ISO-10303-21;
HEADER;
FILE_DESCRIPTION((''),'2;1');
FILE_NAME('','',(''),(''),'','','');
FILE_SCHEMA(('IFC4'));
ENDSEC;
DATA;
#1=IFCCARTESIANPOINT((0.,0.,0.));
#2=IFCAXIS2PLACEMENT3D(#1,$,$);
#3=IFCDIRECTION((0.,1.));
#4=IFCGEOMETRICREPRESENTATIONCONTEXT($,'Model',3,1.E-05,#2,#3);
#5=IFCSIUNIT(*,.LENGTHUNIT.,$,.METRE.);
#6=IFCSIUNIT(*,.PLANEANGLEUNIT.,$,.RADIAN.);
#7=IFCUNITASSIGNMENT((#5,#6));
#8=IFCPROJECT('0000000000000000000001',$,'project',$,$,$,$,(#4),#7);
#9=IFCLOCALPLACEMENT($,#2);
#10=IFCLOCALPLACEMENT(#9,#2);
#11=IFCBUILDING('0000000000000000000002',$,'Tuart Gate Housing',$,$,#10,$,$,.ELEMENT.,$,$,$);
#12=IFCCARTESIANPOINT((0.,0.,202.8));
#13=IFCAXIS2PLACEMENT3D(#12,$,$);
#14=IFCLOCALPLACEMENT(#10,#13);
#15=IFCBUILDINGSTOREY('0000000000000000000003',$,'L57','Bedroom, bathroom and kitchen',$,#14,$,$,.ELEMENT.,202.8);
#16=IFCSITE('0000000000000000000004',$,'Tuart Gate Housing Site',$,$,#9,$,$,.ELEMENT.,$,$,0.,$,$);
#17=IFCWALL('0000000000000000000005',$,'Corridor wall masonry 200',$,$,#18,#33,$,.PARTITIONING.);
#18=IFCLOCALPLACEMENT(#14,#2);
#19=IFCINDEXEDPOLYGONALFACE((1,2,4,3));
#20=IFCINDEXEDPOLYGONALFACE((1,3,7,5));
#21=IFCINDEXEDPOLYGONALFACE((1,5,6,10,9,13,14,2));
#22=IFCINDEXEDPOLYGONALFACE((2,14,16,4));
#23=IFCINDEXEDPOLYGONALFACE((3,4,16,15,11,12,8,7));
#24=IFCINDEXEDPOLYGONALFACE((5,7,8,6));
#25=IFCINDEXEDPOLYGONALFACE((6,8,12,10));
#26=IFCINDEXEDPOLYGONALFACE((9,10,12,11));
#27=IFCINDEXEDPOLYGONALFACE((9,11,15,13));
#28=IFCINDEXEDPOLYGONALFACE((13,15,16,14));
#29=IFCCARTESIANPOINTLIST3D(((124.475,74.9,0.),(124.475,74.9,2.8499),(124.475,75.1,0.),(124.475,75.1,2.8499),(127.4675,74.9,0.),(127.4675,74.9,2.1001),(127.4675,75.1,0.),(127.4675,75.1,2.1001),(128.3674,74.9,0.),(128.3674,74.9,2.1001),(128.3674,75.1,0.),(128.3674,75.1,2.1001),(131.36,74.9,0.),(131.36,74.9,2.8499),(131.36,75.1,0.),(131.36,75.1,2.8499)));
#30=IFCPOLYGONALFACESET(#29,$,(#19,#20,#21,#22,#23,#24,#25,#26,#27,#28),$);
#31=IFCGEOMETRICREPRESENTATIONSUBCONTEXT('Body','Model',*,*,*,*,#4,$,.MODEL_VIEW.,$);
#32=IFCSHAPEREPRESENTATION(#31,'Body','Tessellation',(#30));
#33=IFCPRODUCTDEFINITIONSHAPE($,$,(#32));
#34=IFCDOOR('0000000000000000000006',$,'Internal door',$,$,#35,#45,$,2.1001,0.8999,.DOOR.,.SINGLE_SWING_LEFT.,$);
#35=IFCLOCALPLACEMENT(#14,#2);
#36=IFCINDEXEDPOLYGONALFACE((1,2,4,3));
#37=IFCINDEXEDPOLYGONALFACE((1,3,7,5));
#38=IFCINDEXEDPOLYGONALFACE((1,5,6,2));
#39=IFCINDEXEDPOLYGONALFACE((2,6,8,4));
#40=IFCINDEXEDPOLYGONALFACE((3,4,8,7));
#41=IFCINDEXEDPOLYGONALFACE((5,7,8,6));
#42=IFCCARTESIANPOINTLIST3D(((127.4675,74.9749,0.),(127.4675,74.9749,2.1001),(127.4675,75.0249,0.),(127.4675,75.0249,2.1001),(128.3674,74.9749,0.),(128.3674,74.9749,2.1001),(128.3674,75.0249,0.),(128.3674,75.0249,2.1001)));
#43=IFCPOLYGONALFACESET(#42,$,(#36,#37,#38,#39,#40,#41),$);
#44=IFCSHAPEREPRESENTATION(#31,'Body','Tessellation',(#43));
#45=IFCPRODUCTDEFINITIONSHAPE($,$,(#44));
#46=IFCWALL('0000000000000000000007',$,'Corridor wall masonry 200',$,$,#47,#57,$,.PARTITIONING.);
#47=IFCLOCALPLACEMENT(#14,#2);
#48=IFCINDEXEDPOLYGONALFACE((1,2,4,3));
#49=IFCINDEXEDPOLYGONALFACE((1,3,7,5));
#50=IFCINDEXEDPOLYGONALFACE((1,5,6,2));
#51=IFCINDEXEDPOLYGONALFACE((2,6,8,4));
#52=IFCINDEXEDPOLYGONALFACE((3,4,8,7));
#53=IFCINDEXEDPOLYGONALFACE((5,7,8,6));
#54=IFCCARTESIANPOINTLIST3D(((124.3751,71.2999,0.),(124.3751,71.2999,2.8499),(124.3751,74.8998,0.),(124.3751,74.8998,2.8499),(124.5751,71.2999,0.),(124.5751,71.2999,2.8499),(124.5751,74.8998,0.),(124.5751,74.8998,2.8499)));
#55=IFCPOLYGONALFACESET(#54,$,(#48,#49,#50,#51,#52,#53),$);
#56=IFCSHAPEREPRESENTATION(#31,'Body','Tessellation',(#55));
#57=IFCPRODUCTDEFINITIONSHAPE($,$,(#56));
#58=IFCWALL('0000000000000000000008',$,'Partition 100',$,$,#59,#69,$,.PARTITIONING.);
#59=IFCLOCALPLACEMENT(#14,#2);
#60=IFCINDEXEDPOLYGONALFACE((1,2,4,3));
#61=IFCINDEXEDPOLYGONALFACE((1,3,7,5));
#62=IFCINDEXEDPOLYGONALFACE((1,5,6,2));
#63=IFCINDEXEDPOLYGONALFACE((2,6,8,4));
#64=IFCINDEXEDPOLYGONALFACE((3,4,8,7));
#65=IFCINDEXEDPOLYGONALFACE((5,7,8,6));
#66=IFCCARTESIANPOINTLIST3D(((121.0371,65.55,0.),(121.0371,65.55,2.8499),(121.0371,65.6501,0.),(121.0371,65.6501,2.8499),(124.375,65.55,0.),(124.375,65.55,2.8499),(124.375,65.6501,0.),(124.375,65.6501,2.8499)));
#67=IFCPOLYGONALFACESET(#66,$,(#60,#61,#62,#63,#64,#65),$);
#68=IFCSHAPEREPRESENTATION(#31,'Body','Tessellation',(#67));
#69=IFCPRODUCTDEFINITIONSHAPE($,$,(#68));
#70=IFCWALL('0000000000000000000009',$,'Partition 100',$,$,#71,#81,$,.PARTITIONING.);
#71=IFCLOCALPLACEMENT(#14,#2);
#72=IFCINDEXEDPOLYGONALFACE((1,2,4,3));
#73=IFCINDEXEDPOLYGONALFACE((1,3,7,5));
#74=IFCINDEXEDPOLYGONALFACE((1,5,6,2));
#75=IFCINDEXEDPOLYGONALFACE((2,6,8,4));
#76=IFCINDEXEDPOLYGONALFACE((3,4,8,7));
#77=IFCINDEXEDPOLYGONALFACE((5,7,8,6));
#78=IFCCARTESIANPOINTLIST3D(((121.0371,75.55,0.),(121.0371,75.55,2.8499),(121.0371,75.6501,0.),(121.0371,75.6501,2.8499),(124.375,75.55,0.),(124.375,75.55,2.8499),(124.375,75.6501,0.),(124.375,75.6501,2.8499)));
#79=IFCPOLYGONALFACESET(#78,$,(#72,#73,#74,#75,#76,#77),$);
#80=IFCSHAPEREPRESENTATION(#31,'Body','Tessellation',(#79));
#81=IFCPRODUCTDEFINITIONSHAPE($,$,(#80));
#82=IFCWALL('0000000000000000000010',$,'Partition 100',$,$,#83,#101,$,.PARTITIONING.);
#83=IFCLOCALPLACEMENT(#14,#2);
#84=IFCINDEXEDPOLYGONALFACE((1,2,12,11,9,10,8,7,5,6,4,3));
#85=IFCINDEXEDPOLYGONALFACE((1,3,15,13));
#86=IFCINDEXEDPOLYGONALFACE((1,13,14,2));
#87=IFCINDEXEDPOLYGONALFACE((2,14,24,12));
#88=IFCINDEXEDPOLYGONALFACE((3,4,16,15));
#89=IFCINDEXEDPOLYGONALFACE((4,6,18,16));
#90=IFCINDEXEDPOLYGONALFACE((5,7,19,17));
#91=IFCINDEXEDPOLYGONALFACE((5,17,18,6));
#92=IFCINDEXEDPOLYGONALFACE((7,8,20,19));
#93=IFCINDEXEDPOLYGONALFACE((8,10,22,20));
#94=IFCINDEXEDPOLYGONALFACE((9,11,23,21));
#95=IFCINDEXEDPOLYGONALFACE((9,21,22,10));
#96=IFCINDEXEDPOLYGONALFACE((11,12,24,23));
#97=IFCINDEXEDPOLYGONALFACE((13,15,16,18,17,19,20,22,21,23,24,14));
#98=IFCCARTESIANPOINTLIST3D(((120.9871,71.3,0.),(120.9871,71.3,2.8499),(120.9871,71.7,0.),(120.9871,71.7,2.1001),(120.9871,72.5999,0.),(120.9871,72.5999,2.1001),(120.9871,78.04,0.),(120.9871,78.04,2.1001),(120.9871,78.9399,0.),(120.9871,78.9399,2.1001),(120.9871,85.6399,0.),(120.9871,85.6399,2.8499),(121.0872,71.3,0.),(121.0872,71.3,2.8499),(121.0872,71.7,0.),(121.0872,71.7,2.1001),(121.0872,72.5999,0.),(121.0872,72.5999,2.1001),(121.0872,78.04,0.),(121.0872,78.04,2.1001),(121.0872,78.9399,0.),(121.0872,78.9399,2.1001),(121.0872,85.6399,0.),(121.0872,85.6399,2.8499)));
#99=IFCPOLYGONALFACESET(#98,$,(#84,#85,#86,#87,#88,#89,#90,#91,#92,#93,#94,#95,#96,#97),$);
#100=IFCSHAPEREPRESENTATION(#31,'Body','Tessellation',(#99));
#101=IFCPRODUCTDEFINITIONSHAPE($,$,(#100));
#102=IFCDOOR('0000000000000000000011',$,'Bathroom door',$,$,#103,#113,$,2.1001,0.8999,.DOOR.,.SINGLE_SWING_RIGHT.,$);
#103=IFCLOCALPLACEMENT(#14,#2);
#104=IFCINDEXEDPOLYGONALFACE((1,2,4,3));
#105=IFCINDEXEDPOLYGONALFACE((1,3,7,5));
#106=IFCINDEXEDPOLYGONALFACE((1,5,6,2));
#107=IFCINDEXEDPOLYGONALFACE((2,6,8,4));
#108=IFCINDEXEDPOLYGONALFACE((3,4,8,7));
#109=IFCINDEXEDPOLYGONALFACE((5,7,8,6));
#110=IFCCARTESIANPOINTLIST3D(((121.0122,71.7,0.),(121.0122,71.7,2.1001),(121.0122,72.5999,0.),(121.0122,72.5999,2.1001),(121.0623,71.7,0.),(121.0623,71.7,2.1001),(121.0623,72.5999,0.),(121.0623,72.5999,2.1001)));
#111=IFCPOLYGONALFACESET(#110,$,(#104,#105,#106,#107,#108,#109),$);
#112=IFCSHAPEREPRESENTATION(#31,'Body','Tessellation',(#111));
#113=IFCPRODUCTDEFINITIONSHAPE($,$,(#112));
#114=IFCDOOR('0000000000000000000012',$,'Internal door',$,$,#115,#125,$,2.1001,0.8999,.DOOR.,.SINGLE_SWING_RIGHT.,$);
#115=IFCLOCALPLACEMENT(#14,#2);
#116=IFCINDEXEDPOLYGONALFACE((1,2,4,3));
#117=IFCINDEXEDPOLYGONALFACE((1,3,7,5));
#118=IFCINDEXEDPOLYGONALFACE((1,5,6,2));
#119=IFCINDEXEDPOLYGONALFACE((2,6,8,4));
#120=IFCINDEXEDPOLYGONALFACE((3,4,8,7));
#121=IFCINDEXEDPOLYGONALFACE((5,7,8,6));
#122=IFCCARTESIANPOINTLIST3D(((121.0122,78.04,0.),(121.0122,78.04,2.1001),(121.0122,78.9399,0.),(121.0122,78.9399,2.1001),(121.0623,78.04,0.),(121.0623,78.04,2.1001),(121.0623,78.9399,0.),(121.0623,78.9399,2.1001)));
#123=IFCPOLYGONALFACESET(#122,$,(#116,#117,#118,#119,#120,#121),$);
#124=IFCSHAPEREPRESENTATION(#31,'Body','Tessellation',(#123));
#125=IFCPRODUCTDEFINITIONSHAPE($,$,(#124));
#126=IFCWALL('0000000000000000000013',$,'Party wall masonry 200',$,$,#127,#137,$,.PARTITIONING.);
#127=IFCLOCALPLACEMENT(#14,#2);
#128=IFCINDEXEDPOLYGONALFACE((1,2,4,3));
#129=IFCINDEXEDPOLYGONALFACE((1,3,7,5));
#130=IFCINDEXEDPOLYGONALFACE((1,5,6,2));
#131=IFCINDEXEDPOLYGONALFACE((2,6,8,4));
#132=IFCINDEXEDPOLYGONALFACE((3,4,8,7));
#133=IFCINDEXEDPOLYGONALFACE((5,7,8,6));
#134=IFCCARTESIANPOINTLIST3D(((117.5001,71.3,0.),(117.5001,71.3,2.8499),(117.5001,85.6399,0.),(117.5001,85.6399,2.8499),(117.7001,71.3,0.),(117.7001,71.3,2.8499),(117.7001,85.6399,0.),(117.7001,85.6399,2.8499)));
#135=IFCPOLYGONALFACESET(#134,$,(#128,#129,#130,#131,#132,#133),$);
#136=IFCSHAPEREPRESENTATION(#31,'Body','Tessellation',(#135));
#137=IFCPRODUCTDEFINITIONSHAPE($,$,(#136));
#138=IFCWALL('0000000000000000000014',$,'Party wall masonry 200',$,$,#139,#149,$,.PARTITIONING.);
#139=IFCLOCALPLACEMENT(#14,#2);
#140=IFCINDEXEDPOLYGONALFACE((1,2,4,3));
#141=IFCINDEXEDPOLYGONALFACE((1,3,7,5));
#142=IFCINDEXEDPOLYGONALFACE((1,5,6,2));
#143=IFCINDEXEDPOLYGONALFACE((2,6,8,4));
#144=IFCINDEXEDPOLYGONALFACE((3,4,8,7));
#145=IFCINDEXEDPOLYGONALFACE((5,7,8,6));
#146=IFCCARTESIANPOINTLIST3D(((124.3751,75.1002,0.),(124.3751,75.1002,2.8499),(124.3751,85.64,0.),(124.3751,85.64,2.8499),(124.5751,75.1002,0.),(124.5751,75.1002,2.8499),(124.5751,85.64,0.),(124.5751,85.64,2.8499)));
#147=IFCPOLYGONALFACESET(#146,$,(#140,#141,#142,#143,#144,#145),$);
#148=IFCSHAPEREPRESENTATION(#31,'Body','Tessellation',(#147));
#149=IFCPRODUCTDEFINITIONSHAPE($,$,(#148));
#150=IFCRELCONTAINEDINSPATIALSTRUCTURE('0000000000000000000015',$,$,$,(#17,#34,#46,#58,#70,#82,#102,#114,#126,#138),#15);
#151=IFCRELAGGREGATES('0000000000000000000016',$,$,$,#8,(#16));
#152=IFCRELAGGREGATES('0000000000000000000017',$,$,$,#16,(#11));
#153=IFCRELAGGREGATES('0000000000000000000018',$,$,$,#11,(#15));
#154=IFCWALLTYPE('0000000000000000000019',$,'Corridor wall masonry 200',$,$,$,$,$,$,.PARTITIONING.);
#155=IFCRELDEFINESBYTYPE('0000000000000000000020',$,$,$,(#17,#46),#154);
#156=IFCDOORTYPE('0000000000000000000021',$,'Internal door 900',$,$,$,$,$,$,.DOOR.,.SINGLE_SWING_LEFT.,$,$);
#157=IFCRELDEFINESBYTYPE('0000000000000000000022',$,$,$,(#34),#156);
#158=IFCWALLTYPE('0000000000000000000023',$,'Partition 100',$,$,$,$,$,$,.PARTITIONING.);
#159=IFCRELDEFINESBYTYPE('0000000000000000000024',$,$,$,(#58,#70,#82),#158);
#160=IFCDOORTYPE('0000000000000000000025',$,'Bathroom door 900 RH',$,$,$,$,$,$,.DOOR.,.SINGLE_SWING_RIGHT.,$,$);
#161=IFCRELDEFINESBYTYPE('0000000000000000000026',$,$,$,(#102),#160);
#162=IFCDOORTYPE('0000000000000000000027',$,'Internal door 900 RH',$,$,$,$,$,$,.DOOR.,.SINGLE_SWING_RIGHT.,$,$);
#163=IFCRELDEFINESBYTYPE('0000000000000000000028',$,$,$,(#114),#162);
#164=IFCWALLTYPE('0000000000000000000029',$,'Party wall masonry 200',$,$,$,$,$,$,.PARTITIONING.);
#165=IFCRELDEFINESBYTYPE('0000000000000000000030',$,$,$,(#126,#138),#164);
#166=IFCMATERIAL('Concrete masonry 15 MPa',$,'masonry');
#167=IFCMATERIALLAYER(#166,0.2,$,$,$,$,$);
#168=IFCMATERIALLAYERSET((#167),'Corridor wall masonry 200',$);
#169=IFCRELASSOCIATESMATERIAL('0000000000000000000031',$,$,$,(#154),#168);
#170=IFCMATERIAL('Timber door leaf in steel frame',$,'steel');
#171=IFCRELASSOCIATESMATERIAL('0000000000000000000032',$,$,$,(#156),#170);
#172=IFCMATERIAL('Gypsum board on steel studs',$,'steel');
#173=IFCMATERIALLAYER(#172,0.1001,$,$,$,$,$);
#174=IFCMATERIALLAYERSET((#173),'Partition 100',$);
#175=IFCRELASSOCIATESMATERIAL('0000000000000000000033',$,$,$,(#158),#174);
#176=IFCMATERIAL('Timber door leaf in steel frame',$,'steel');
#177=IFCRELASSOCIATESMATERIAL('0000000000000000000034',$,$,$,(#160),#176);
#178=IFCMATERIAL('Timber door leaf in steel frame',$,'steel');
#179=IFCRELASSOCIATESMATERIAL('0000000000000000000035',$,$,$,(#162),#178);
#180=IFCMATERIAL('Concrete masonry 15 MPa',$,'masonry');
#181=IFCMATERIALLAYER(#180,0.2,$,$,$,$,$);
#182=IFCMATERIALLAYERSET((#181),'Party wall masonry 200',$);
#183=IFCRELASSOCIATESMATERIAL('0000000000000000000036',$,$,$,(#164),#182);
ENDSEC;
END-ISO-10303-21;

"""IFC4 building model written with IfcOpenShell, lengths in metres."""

from ifc_helpers import new_model, si_unit, direction, frame, frame_2d, origin, place, context, subcontext, project, spatial, rectangle, extrude, material, layer, layer_set, type_object, element, fill, save


model = new_model("IFC4")

# Units and contexts
model_context = context("Model", 3, precision=1e-05, world=origin(), true_north=direction((0.0, 1.0)))
body_context = subcontext(model_context, "Body", "Model", "MODEL_VIEW")
ifc_project = project(units=[si_unit("LENGTHUNIT", "METRE"), si_unit("PLANEANGLEUNIT", "RADIAN")], contexts=[model_context])

# Site, building, storey
site_placement = place(None, origin())
site = spatial("IfcSite", under=ifc_project, at=site_placement, Name="Tuart Gate Housing Site", CompositionType="ELEMENT", RefElevation=0.0)
building_placement = place(site_placement, origin())
building = spatial("IfcBuilding", under=site, at=building_placement, Name="Tuart Gate Housing", CompositionType="ELEMENT")
storey_placement = place(building_placement, frame((0.0, 0.0, 202.8)))
storey = spatial("IfcBuildingStorey", under=building, at=storey_placement, Name="L57", Description="Bedroom, bathroom and kitchen", CompositionType="ELEMENT", Elevation=202.8)

# Wall, opening, door
ifc_material_1 = material(Name="Concrete masonry 15 MPa", Category="masonry")
ifc_layer_1 = layer(ifc_material_1, 0.2)
ifc_layer_set_1 = layer_set([ifc_layer_1], Name="Corridor wall masonry 200")
wall_type_1 = type_object("IfcWallType", Name="Corridor wall masonry 200", PredefinedType="PARTITIONING", material=ifc_layer_set_1)
wall_1_placement = place(storey_placement, frame((124.4751, 75.0, 0.0), z_axis=(0.0, 0.0, 1.0), x_axis=(1.0, 0.0, 0.0)))
wall_1 = element("IfcWall", 1, at=wall_1_placement, inside=storey, type_object=wall_type_1, Name="Corridor wall masonry 200", PredefinedType="PARTITIONING", context=body_context, shape_type="SweptSolid", body=[
    extrude(rectangle(XDim=6.885, YDim=0.2, at=frame_2d((3.4424, 0.0))), origin(), (0.0, 0.0, 1.0), 2.8499),
])
opening_1_placement = place(wall_1_placement, frame((2.9924, 0.0, 0.0)))
opening_1 = element("IfcOpeningElement", 2, at=opening_1_placement, cuts=wall_1, PredefinedType="OPENING", context=body_context, shape_type="SweptSolid", body=[
    extrude(rectangle(XDim=0.8999, YDim=2.1001, at=frame_2d((0.45, 1.05))), frame((0.0, 0.1099, 0.0), z_axis=(0.0, -1.0, 0.0), x_axis=(1.0, 0.0, 0.0)), (0.0, 0.0, 1.0), 0.22),
])
ifc_material_2 = material(Name="Timber door leaf in steel frame", Category="steel")
door_type_1 = type_object("IfcDoorType", Name="Internal door 900", OperationType="SINGLE_SWING_LEFT", PredefinedType="DOOR", material=ifc_material_2)
door_1_placement = place(opening_1_placement, origin())
door_1 = element("IfcDoor", 3, at=door_1_placement, inside=storey, type_object=door_type_1, Name="Internal door", OperationType="SINGLE_SWING_LEFT", OverallHeight=2.1001, OverallWidth=0.8999, PredefinedType="DOOR", context=body_context, shape_type="SweptSolid", body=[
    extrude(rectangle(XDim=0.8999, YDim=2.1001, at=frame_2d((0.45, 1.05))), frame((0.0, 0.0249, 0.0), z_axis=(0.0, -1.0, 0.0), x_axis=(1.0, 0.0, 0.0)), (0.0, 0.0, 1.0), 0.05),
])
fill(opening_1, door_1)

# Walls
wall_2_placement = place(storey_placement, frame((124.4751, 71.3, 0.0), z_axis=(0.0, 0.0, 1.0), x_axis=(0.0, 1.0, 0.0)))
element("IfcWall", 4, at=wall_2_placement, inside=storey, type_object=wall_type_1, Name="Corridor wall masonry 200", PredefinedType="PARTITIONING", context=body_context, shape_type="SweptSolid", body=[
    extrude(rectangle(XDim=3.5999, YDim=0.2, at=frame_2d((1.7998, 0.0))), origin(), (0.0, 0.0, 1.0), 2.8499),
])
ifc_material_3 = material(Name="Gypsum board on steel studs", Category="steel")
ifc_layer_2 = layer(ifc_material_3, 0.1001)
ifc_layer_set_2 = layer_set([ifc_layer_2], Name="Partition 100")
wall_type_2 = type_object("IfcWallType", Name="Partition 100", PredefinedType="PARTITIONING", material=ifc_layer_set_2)
for number, where, z_axis, x_axis, name in (
    (5, (121.0371, 65.6001, 0.0), (0.0, 0.0, 1.0), (1.0, 0.0, 0.0), "Partition 100"),
    (6, (121.0371, 75.6001, 0.0), (0.0, 0.0, 1.0), (1.0, 0.0, 0.0), "Partition 100"),
):
    element("IfcWall", number, at=place(storey_placement, frame(where, z_axis=z_axis, x_axis=x_axis)), inside=storey, type_object=wall_type_2, Name=name, PredefinedType="PARTITIONING", context=body_context, shape_type="SweptSolid", body=[
        extrude(rectangle(XDim=3.3379, YDim=0.1001, at=frame_2d((1.6689, 0.0))), origin(), (0.0, 0.0, 1.0), 2.8499),
    ])

# Wall, openings, doors
wall_3_placement = place(storey_placement, frame((121.0371, 71.3, 0.0), z_axis=(0.0, 0.0, 1.0), x_axis=(0.0, 1.0, 0.0)))
wall_3 = element("IfcWall", 7, at=wall_3_placement, inside=storey, type_object=wall_type_2, Name="Partition 100", PredefinedType="PARTITIONING", context=body_context, shape_type="SweptSolid", body=[
    extrude(rectangle(XDim=14.3398, YDim=0.1001, at=frame_2d((7.1699, 0.0))), origin(), (0.0, 0.0, 1.0), 2.8499),
])
opening_2_placement = place(wall_3_placement, frame((6.74, 0.0, 0.0)))
opening_2 = element("IfcOpeningElement", 8, at=opening_2_placement, cuts=wall_3, PredefinedType="OPENING", context=body_context, shape_type="SweptSolid", body=[
    extrude(rectangle(XDim=0.8999, YDim=2.1001, at=frame_2d((0.45, 1.05))), frame((0.0, 0.0601, 0.0), z_axis=(0.0, -1.0, 0.0), x_axis=(1.0, 0.0, 0.0)), (0.0, 0.0, 1.0), 0.1201),
])
opening_3_placement = place(wall_3_placement, frame((0.3999, 0.0, 0.0)))
opening_3 = element("IfcOpeningElement", 9, at=opening_3_placement, cuts=wall_3, PredefinedType="OPENING", context=body_context, shape_type="SweptSolid", body=[
    extrude(rectangle(XDim=0.8999, YDim=2.1001, at=frame_2d((0.45, 1.05))), frame((0.0, 0.0601, 0.0), z_axis=(0.0, -1.0, 0.0), x_axis=(1.0, 0.0, 0.0)), (0.0, 0.0, 1.0), 0.1201),
])
ifc_material_4 = material(Name="Timber door leaf in steel frame", Category="steel")
door_type_2 = type_object("IfcDoorType", Name="Bathroom door 900 RH", OperationType="SINGLE_SWING_RIGHT", PredefinedType="DOOR", material=ifc_material_4)
door_2_placement = place(opening_3_placement, frame((0.8999, 0.0, 0.0), z_axis=(0.0, 0.0, 1.0), x_axis=(-1.0, 0.0, 0.0)))
door_2 = element("IfcDoor", 10, at=door_2_placement, inside=storey, type_object=door_type_2, Name="Bathroom door", OperationType="SINGLE_SWING_RIGHT", OverallHeight=2.1001, OverallWidth=0.8999, PredefinedType="DOOR", context=body_context, shape_type="SweptSolid", body=[
    extrude(rectangle(XDim=0.8999, YDim=2.1001, at=frame_2d((0.45, 1.05))), frame((0.0, 0.0251, 0.0), z_axis=(0.0, -1.0, 0.0), x_axis=(1.0, 0.0, 0.0)), (0.0, 0.0, 1.0), 0.05),
])
fill(opening_3, door_2)
ifc_material_5 = material(Name="Timber door leaf in steel frame", Category="steel")
door_type_3 = type_object("IfcDoorType", Name="Internal door 900 RH", OperationType="SINGLE_SWING_RIGHT", PredefinedType="DOOR", material=ifc_material_5)
door_3_placement = place(opening_2_placement, frame((0.8999, 0.0, 0.0), z_axis=(0.0, 0.0, 1.0), x_axis=(-1.0, 0.0, 0.0)))
door_3 = element("IfcDoor", 11, at=door_3_placement, inside=storey, type_object=door_type_3, Name="Internal door", OperationType="SINGLE_SWING_RIGHT", OverallHeight=2.1001, OverallWidth=0.8999, PredefinedType="DOOR", context=body_context, shape_type="SweptSolid", body=[
    extrude(rectangle(XDim=0.8999, YDim=2.1001, at=frame_2d((0.45, 1.05))), frame((0.0, 0.0251, 0.0), z_axis=(0.0, -1.0, 0.0), x_axis=(1.0, 0.0, 0.0)), (0.0, 0.0, 1.0), 0.05),
])
fill(opening_2, door_3)

# Walls
ifc_material_6 = material(Name="Concrete masonry 15 MPa", Category="masonry")
ifc_layer_3 = layer(ifc_material_6, 0.2)
ifc_layer_set_3 = layer_set([ifc_layer_3], Name="Party wall masonry 200")
wall_type_3 = type_object("IfcWallType", Name="Party wall masonry 200", PredefinedType="PARTITIONING", material=ifc_layer_set_3)
wall_4_placement = place(storey_placement, frame((117.6001, 71.3, 0.0), z_axis=(0.0, 0.0, 1.0), x_axis=(0.0, 1.0, 0.0)))
element("IfcWall", 12, at=wall_4_placement, inside=storey, type_object=wall_type_3, Name="Party wall masonry 200", PredefinedType="PARTITIONING", context=body_context, shape_type="SweptSolid", body=[
    extrude(rectangle(XDim=14.3398, YDim=0.2, at=frame_2d((7.1699, 0.0))), origin(), (0.0, 0.0, 1.0), 2.8499),
])
wall_5_placement = place(storey_placement, frame((124.4751, 75.1001, 0.0), z_axis=(0.0, 0.0, 1.0), x_axis=(0.0, 1.0, 0.0)))
element("IfcWall", 13, at=wall_5_placement, inside=storey, type_object=wall_type_3, Name="Party wall masonry 200", PredefinedType="PARTITIONING", context=body_context, shape_type="SweptSolid", body=[
    extrude(rectangle(XDim=10.5398, YDim=0.2, at=frame_2d((5.27, 0.0))), origin(), (0.0, 0.0, 1.0), 2.8499),
])

save(model, "model.ifc")
